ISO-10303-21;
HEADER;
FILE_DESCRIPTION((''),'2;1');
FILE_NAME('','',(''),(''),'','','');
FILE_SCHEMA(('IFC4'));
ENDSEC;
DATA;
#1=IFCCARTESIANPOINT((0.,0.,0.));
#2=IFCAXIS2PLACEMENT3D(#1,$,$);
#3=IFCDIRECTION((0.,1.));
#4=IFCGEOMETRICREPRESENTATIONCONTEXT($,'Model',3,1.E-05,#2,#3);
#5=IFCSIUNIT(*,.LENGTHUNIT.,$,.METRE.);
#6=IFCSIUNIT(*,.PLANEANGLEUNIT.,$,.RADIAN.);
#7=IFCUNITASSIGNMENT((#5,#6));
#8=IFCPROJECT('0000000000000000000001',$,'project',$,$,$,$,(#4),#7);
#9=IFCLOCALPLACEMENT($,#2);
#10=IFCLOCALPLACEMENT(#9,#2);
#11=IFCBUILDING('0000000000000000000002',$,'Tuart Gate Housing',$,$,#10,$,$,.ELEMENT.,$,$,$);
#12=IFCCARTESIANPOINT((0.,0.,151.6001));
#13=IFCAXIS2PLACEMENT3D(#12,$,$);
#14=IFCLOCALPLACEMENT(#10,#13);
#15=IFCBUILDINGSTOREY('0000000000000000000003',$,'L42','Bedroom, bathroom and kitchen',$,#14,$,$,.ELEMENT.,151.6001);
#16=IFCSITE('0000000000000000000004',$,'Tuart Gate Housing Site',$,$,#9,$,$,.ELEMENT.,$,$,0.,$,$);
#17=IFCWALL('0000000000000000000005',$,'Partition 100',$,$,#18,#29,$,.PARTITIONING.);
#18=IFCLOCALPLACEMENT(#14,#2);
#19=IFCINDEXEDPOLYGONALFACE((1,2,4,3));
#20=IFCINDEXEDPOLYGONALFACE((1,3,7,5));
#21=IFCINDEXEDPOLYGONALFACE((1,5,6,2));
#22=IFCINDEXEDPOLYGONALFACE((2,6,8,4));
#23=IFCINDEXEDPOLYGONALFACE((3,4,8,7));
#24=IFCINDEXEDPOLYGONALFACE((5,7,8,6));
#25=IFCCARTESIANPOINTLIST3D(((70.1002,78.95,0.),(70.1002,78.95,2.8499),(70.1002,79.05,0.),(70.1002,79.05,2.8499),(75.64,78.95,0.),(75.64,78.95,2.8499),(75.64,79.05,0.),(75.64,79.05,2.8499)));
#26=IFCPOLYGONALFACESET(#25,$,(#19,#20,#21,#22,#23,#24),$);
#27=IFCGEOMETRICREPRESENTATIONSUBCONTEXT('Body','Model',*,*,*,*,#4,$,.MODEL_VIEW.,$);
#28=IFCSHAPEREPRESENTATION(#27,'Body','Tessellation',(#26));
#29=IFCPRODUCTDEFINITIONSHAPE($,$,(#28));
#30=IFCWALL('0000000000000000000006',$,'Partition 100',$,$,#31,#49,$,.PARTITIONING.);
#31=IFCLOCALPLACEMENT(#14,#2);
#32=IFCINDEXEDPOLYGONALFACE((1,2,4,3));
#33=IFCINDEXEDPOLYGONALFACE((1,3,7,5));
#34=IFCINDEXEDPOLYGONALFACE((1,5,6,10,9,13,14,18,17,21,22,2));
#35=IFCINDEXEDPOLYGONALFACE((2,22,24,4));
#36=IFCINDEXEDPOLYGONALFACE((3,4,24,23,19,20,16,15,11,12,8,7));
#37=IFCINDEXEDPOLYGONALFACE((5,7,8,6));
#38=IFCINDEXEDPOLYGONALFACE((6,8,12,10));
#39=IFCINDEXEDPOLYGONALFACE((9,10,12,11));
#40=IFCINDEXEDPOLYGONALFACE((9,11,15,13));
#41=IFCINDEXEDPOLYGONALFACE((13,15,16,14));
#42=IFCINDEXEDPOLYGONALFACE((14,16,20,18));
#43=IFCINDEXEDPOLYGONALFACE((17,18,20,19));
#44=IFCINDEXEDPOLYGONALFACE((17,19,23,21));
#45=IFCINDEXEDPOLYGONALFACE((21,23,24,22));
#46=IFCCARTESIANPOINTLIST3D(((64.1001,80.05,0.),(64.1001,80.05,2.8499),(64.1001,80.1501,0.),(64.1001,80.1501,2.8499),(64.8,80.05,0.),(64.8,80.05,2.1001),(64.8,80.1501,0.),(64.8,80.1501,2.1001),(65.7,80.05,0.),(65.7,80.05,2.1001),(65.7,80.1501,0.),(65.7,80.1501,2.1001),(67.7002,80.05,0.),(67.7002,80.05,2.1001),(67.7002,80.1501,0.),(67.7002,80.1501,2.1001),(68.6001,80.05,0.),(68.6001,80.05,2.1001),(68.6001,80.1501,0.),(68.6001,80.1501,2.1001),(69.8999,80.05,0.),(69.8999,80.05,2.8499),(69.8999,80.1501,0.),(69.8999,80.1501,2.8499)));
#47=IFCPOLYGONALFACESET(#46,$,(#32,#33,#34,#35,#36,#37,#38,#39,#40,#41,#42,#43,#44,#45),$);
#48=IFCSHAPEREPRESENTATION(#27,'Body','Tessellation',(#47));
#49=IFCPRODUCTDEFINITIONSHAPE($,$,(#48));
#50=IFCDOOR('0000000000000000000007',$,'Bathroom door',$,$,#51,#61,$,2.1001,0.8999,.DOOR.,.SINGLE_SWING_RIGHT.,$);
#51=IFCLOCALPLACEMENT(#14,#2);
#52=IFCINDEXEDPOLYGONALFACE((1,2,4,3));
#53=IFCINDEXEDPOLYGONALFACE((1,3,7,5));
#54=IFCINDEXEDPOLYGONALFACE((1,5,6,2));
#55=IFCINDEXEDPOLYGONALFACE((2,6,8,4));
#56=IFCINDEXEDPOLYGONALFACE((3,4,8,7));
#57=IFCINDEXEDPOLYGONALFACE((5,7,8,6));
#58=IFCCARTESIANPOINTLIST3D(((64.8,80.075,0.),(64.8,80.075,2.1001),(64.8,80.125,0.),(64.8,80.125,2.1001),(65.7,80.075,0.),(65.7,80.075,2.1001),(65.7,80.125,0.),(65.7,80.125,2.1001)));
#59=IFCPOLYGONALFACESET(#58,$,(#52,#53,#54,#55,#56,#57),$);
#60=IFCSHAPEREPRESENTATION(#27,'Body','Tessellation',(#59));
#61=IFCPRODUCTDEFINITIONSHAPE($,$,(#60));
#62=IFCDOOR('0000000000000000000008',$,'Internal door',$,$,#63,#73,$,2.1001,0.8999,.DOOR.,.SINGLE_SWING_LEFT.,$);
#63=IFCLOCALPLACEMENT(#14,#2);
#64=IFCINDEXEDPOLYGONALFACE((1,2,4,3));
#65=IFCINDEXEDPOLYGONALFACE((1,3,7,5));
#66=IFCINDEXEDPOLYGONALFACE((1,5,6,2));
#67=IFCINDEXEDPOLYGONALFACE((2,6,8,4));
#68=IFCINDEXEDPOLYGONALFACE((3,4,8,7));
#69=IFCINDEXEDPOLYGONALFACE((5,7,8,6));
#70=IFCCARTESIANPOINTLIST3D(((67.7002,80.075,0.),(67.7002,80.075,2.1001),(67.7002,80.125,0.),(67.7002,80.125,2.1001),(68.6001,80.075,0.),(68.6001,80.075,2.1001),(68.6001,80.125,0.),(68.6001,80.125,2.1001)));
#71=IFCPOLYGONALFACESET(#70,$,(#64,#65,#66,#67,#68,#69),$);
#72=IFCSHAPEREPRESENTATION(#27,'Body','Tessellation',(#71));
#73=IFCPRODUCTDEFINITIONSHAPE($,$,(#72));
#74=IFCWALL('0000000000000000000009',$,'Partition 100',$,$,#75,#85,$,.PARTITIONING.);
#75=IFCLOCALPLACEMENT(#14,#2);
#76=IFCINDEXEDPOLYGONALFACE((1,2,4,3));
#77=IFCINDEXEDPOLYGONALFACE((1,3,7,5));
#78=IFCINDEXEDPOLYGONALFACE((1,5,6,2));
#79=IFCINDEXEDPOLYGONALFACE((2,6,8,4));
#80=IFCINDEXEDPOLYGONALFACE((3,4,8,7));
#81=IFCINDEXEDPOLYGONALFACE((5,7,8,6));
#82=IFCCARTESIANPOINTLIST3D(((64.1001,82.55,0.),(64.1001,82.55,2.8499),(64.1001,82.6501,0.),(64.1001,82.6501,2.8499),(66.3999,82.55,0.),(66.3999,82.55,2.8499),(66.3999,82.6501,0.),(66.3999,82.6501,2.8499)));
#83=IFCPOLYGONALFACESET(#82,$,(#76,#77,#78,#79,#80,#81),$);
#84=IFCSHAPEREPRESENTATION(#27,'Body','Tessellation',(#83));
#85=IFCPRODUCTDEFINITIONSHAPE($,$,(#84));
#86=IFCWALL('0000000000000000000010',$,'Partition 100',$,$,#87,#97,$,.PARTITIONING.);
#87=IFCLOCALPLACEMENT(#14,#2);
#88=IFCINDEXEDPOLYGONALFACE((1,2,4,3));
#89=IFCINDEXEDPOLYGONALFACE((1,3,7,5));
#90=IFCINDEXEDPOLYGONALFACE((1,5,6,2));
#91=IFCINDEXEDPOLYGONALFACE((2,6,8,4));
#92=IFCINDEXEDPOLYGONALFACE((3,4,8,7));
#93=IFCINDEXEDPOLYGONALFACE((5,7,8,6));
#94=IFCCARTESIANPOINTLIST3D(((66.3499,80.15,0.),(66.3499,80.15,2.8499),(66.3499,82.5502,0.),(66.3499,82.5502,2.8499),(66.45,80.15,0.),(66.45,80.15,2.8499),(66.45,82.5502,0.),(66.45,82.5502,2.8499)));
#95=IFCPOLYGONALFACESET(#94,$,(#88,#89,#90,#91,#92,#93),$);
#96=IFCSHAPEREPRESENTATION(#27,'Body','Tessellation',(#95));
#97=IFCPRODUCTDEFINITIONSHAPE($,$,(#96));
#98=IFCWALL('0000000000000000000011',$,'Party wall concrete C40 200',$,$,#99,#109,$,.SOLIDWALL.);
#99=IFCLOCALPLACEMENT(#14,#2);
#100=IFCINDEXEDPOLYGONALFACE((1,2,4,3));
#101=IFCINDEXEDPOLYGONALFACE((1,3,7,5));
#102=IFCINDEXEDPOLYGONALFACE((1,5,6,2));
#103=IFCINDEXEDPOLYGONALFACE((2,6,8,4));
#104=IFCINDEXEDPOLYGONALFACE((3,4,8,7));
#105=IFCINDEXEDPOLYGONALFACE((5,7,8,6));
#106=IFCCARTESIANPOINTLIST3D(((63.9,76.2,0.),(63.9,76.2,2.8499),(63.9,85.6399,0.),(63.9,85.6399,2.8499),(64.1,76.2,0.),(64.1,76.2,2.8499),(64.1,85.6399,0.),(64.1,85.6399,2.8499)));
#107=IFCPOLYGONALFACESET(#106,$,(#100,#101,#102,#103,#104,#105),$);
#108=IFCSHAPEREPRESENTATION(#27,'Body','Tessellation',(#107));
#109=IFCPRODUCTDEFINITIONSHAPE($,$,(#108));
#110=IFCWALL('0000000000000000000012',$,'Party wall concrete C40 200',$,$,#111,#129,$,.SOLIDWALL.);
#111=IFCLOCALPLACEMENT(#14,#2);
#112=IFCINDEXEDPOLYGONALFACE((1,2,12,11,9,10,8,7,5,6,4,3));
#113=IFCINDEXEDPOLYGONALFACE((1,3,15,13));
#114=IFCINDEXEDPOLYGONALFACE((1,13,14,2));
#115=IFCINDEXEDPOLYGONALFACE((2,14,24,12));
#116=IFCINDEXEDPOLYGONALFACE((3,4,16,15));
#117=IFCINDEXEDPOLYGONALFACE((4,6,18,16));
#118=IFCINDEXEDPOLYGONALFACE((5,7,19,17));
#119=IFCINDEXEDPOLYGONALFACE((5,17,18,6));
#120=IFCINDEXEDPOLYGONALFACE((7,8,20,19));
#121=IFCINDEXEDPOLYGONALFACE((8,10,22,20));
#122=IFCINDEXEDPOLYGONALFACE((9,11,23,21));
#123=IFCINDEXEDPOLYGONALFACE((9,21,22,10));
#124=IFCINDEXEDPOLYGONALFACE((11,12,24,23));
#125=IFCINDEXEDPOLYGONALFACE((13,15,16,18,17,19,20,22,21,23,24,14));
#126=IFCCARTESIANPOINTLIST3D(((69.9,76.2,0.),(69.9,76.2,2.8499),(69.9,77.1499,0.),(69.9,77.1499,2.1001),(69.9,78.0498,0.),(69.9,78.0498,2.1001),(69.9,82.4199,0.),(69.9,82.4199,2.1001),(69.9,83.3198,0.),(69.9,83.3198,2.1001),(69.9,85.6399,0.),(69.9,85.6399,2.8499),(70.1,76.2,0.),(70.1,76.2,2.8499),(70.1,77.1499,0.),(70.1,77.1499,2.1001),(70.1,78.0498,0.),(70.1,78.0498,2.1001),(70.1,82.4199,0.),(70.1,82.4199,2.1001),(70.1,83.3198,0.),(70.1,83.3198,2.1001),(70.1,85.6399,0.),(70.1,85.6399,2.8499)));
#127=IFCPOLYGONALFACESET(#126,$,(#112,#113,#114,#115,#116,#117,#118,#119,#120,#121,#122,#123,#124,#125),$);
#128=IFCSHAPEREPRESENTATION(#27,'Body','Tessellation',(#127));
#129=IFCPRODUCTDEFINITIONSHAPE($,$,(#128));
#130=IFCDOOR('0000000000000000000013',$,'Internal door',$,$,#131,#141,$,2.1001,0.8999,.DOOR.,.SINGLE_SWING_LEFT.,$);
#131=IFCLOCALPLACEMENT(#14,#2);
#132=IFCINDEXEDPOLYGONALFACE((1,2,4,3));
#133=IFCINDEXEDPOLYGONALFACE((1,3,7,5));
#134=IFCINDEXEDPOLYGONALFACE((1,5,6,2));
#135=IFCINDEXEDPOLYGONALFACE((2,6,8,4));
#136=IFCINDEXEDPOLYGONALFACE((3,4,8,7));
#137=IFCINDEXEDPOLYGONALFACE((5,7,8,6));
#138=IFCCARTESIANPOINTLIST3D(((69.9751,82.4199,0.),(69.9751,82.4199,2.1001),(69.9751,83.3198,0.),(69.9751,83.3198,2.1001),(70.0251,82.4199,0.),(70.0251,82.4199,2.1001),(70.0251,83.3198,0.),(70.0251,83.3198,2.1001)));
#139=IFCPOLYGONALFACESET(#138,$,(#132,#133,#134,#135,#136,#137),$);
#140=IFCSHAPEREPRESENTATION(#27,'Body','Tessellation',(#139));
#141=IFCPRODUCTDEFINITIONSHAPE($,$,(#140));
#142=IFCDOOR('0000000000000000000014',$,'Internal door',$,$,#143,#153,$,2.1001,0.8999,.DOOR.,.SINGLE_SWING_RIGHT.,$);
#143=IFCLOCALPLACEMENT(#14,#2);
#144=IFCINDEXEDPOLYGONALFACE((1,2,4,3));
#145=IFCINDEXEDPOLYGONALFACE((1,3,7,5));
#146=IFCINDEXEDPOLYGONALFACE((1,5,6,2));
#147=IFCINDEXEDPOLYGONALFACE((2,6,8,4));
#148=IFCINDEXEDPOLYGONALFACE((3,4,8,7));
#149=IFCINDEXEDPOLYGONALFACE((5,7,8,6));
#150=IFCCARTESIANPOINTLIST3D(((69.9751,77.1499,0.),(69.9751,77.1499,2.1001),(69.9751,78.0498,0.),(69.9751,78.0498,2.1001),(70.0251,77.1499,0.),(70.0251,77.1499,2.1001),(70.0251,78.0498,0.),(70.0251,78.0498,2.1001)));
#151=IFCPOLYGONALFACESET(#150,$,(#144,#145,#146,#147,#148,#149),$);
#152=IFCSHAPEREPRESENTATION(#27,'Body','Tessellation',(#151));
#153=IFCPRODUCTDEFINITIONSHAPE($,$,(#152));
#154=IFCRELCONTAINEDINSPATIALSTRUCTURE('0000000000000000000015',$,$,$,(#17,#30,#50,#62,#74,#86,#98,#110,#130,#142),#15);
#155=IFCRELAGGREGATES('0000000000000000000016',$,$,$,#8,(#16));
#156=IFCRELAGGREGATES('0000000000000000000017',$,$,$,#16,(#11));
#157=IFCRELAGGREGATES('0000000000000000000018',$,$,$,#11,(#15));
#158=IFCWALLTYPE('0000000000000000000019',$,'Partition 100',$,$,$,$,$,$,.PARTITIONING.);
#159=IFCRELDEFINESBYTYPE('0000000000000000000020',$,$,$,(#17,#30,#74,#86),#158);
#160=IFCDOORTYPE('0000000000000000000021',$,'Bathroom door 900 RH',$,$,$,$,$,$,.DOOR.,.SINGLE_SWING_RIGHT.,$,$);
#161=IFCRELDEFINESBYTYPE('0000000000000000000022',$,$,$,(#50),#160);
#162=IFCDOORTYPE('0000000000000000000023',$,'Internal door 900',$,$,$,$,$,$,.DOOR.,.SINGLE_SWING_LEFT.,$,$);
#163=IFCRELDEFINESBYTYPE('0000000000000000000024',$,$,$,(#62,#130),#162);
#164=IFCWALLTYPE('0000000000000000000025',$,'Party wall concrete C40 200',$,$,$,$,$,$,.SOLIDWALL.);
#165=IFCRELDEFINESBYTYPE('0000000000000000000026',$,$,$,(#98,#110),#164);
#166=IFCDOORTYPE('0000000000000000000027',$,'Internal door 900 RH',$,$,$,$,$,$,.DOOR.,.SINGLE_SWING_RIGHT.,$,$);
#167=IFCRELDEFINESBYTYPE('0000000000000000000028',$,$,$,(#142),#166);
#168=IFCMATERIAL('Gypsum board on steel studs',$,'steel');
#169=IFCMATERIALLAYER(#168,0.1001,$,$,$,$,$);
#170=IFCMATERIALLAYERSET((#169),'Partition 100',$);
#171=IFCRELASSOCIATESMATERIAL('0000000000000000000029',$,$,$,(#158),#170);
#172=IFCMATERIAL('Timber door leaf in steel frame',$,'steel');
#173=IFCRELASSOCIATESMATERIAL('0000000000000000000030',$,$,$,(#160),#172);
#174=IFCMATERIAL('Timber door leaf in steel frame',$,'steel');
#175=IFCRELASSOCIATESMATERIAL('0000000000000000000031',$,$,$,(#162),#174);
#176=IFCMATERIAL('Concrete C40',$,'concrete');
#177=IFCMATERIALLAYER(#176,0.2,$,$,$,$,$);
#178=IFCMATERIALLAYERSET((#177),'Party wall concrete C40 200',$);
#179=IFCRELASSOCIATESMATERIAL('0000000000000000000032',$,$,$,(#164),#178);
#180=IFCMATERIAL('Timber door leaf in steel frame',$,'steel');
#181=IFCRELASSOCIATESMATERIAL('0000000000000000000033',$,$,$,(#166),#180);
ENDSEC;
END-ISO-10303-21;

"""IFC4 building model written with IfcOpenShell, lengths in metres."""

from ifc_helpers import new_model, si_unit, direction, frame, frame_2d, origin, place, context, subcontext, project, spatial, rectangle, extrude, material, layer, layer_set, type_object, element, fill, save


model = new_model("IFC4")

# Units and contexts
model_context = context("Model", 3, precision=1e-05, world=origin(), true_north=direction((0.0, 1.0)))
body_context = subcontext(model_context, "Body", "Model", "MODEL_VIEW")
ifc_project = project(units=[si_unit("LENGTHUNIT", "METRE"), si_unit("PLANEANGLEUNIT", "RADIAN")], contexts=[model_context])

# Site, building, storey
site_placement = place(None, origin())
site = spatial("IfcSite", under=ifc_project, at=site_placement, Name="Tuart Gate Housing Site", CompositionType="ELEMENT", RefElevation=0.0)
building_placement = place(site_placement, origin())
building = spatial("IfcBuilding", under=site, at=building_placement, Name="Tuart Gate Housing", CompositionType="ELEMENT")
storey_placement = place(building_placement, frame((0.0, 0.0, 151.6001)))
storey = spatial("IfcBuildingStorey", under=building, at=storey_placement, Name="L42", Description="Bedroom, bathroom and kitchen", CompositionType="ELEMENT", Elevation=151.6001)

# Wall
ifc_material_1 = material(Name="Gypsum board on steel studs", Category="steel")
ifc_layer_1 = layer(ifc_material_1, 0.1001)
ifc_layer_set_1 = layer_set([ifc_layer_1], Name="Partition 100")
wall_type_1 = type_object("IfcWallType", Name="Partition 100", PredefinedType="PARTITIONING", material=ifc_layer_set_1)
wall_1_placement = place(storey_placement, frame((70.1001, 79.0, 0.0), z_axis=(0.0, 0.0, 1.0), x_axis=(1.0, 0.0, 0.0)))
element("IfcWall", 1, at=wall_1_placement, inside=storey, type_object=wall_type_1, Name="Partition 100", PredefinedType="PARTITIONING", context=body_context, shape_type="SweptSolid", body=[
    extrude(rectangle(XDim=5.5398, YDim=0.1001, at=frame_2d((2.77, 0.0))), origin(), (0.0, 0.0, 1.0), 2.8499),
])

# Wall, openings, doors
wall_2_placement = place(storey_placement, frame((64.1001, 80.1001, 0.0), z_axis=(0.0, 0.0, 1.0), x_axis=(1.0, 0.0, 0.0)))
wall_2 = element("IfcWall", 2, at=wall_2_placement, inside=storey, type_object=wall_type_1, Name="Partition 100", PredefinedType="PARTITIONING", context=body_context, shape_type="SweptSolid", body=[
    extrude(rectangle(XDim=5.7998, YDim=0.1001, at=frame_2d((2.8999, 0.0))), origin(), (0.0, 0.0, 1.0), 2.8499),
])
opening_1_placement = place(wall_2_placement, frame((3.6001, 0.0, 0.0)))
opening_1 = element("IfcOpeningElement", 3, at=opening_1_placement, cuts=wall_2, PredefinedType="OPENING", context=body_context, shape_type="SweptSolid", body=[
    extrude(rectangle(XDim=0.8999, YDim=2.1001, at=frame_2d((0.45, 1.05))), frame((0.0, 0.0601, 0.0), z_axis=(0.0, -1.0, 0.0), x_axis=(1.0, 0.0, 0.0)), (0.0, 0.0, 1.0), 0.1201),
])
opening_2_placement = place(wall_2_placement, frame((0.7, 0.0, 0.0)))
opening_2 = element("IfcOpeningElement", 4, at=opening_2_placement, cuts=wall_2, PredefinedType="OPENING", context=body_context, shape_type="SweptSolid", body=[
    extrude(rectangle(XDim=0.8999, YDim=2.1001, at=frame_2d((0.45, 1.05))), frame((0.0, 0.0601, 0.0), z_axis=(0.0, -1.0, 0.0), x_axis=(1.0, 0.0, 0.0)), (0.0, 0.0, 1.0), 0.1201),
])
ifc_material_2 = material(Name="Timber door leaf in steel frame", Category="steel")
door_type_1 = type_object("IfcDoorType", Name="Bathroom door 900 RH", OperationType="SINGLE_SWING_RIGHT", PredefinedType="DOOR", material=ifc_material_2)
door_1_placement = place(opening_2_placement, origin())
door_1 = element("IfcDoor", 5, at=door_1_placement, inside=storey, type_object=door_type_1, Name="Bathroom door", OperationType="SINGLE_SWING_RIGHT", OverallHeight=2.1001, OverallWidth=0.8999, PredefinedType="DOOR", context=body_context, shape_type="SweptSolid", body=[
    extrude(rectangle(XDim=0.8999, YDim=2.1001, at=frame_2d((0.45, 1.05))), frame((0.0, 0.0249, 0.0), z_axis=(0.0, -1.0, 0.0), x_axis=(1.0, 0.0, 0.0)), (0.0, 0.0, 1.0), 0.05),
])
fill(opening_2, door_1)
ifc_material_3 = material(Name="Timber door leaf in steel frame", Category="steel")
door_type_2 = type_object("IfcDoorType", Name="Internal door 900", OperationType="SINGLE_SWING_LEFT", PredefinedType="DOOR", material=ifc_material_3)
door_2_placement = place(opening_1_placement, frame((0.8999, 0.0, 0.0), z_axis=(0.0, 0.0, 1.0), x_axis=(-1.0, 0.0, 0.0)))
door_2 = element("IfcDoor", 6, at=door_2_placement, inside=storey, type_object=door_type_2, Name="Internal door", OperationType="SINGLE_SWING_LEFT", OverallHeight=2.1001, OverallWidth=0.8999, PredefinedType="DOOR", context=body_context, shape_type="SweptSolid", body=[
    extrude(rectangle(XDim=0.8999, YDim=2.1001, at=frame_2d((0.45, 1.05))), frame((0.0, 0.0251, 0.0), z_axis=(0.0, -1.0, 0.0), x_axis=(1.0, 0.0, 0.0)), (0.0, 0.0, 1.0), 0.05),
])
fill(opening_1, door_2)

# Walls
wall_3_placement = place(storey_placement, frame((64.1001, 82.6001, 0.0), z_axis=(0.0, 0.0, 1.0), x_axis=(1.0, 0.0, 0.0)))
element("IfcWall", 7, at=wall_3_placement, inside=storey, type_object=wall_type_1, Name="Partition 100", PredefinedType="PARTITIONING", context=body_context, shape_type="SweptSolid", body=[
    extrude(rectangle(XDim=2.2998, YDim=0.1001, at=frame_2d((1.1499, 0.0))), origin(), (0.0, 0.0, 1.0), 2.8499),
])
wall_4_placement = place(storey_placement, frame((66.3999, 80.1499, 0.0), z_axis=(0.0, 0.0, 1.0), x_axis=(0.0, 1.0, 0.0)))
element("IfcWall", 8, at=wall_4_placement, inside=storey, type_object=wall_type_1, Name="Partition 100", PredefinedType="PARTITIONING", context=body_context, shape_type="SweptSolid", body=[
    extrude(rectangle(XDim=2.4001, YDim=0.1001, at=frame_2d((1.2002, 0.0))), origin(), (0.0, 0.0, 1.0), 2.8499),
])
ifc_material_4 = material(Name="Concrete C40", Category="concrete")
ifc_layer_2 = layer(ifc_material_4, 0.2)
ifc_layer_set_2 = layer_set([ifc_layer_2], Name="Party wall concrete C40 200")
wall_type_2 = type_object("IfcWallType", Name="Party wall concrete C40 200", PredefinedType="SOLIDWALL", material=ifc_layer_set_2)
wall_5_placement = place(storey_placement, frame((64.0, 76.2, 0.0), z_axis=(0.0, 0.0, 1.0), x_axis=(0.0, 1.0, 0.0)))
element("IfcWall", 9, at=wall_5_placement, inside=storey, type_object=wall_type_2, Name="Party wall concrete C40 200", PredefinedType="SOLIDWALL", context=body_context, shape_type="SweptSolid", body=[
    extrude(rectangle(XDim=9.4399, YDim=0.2, at=frame_2d((4.72, 0.0))), origin(), (0.0, 0.0, 1.0), 2.8499),
])

# Wall, openings, doors
wall_6_placement = place(storey_placement, frame((70.0, 76.2, 0.0), z_axis=(0.0, 0.0, 1.0), x_axis=(0.0, 1.0, 0.0)))
wall_6 = element("IfcWall", 10, at=wall_6_placement, inside=storey, type_object=wall_type_2, Name="Party wall concrete C40 200", PredefinedType="SOLIDWALL", context=body_context, shape_type="SweptSolid", body=[
    extrude(rectangle(XDim=9.4399, YDim=0.2, at=frame_2d((4.72, 0.0))), origin(), (0.0, 0.0, 1.0), 2.8499),
])
opening_3_placement = place(wall_6_placement, frame((6.22, 0.0, 0.0)))
opening_3 = element("IfcOpeningElement", 11, at=opening_3_placement, cuts=wall_6, PredefinedType="OPENING", context=body_context, shape_type="SweptSolid", body=[
    extrude(rectangle(XDim=0.8999, YDim=2.1001, at=frame_2d((0.45, 1.05))), frame((0.0, 0.1099, 0.0), z_axis=(0.0, -1.0, 0.0), x_axis=(1.0, 0.0, 0.0)), (0.0, 0.0, 1.0), 0.22),
])
opening_4_placement = place(wall_6_placement, frame((0.95, 0.0, 0.0)))
opening_4 = element("IfcOpeningElement", 12, at=opening_4_placement, cuts=wall_6, PredefinedType="OPENING", context=body_context, shape_type="SweptSolid", body=[
    extrude(rectangle(XDim=0.8999, YDim=2.1001, at=frame_2d((0.45, 1.05))), frame((0.0, 0.1099, 0.0), z_axis=(0.0, -1.0, 0.0), x_axis=(1.0, 0.0, 0.0)), (0.0, 0.0, 1.0), 0.22),
])
door_3_placement = place(opening_3_placement, frame((0.8999, 0.0, 0.0), z_axis=(0.0, 0.0, 1.0), x_axis=(-1.0, 0.0, 0.0)))
door_3 = element("IfcDoor", 13, at=door_3_placement, inside=storey, type_object=door_type_2, Name="Internal door", OperationType="SINGLE_SWING_LEFT", OverallHeight=2.1001, OverallWidth=0.8999, PredefinedType="DOOR", context=body_context, shape_type="SweptSolid", body=[
    extrude(rectangle(XDim=0.8999, YDim=2.1001, at=frame_2d((0.45, 1.05))), frame((0.0, 0.0251, 0.0), z_axis=(0.0, -1.0, 0.0), x_axis=(1.0, 0.0, 0.0)), (0.0, 0.0, 1.0), 0.05),
])
fill(opening_3, door_3)
ifc_material_5 = material(Name="Timber door leaf in steel frame", Category="steel")
door_type_3 = type_object("IfcDoorType", Name="Internal door 900 RH", OperationType="SINGLE_SWING_RIGHT", PredefinedType="DOOR", material=ifc_material_5)
door_4_placement = place(opening_4_placement, frame((0.8999, 0.0, 0.0), z_axis=(0.0, 0.0, 1.0), x_axis=(-1.0, 0.0, 0.0)))
door_4 = element("IfcDoor", 14, at=door_4_placement, inside=storey, type_object=door_type_3, Name="Internal door", OperationType="SINGLE_SWING_RIGHT", OverallHeight=2.1001, OverallWidth=0.8999, PredefinedType="DOOR", context=body_context, shape_type="SweptSolid", body=[
    extrude(rectangle(XDim=0.8999, YDim=2.1001, at=frame_2d((0.45, 1.05))), frame((0.0, 0.0251, 0.0), z_axis=(0.0, -1.0, 0.0), x_axis=(1.0, 0.0, 0.0)), (0.0, 0.0, 1.0), 0.05),
])
fill(opening_4, door_4)

save(model, "model.ifc")
